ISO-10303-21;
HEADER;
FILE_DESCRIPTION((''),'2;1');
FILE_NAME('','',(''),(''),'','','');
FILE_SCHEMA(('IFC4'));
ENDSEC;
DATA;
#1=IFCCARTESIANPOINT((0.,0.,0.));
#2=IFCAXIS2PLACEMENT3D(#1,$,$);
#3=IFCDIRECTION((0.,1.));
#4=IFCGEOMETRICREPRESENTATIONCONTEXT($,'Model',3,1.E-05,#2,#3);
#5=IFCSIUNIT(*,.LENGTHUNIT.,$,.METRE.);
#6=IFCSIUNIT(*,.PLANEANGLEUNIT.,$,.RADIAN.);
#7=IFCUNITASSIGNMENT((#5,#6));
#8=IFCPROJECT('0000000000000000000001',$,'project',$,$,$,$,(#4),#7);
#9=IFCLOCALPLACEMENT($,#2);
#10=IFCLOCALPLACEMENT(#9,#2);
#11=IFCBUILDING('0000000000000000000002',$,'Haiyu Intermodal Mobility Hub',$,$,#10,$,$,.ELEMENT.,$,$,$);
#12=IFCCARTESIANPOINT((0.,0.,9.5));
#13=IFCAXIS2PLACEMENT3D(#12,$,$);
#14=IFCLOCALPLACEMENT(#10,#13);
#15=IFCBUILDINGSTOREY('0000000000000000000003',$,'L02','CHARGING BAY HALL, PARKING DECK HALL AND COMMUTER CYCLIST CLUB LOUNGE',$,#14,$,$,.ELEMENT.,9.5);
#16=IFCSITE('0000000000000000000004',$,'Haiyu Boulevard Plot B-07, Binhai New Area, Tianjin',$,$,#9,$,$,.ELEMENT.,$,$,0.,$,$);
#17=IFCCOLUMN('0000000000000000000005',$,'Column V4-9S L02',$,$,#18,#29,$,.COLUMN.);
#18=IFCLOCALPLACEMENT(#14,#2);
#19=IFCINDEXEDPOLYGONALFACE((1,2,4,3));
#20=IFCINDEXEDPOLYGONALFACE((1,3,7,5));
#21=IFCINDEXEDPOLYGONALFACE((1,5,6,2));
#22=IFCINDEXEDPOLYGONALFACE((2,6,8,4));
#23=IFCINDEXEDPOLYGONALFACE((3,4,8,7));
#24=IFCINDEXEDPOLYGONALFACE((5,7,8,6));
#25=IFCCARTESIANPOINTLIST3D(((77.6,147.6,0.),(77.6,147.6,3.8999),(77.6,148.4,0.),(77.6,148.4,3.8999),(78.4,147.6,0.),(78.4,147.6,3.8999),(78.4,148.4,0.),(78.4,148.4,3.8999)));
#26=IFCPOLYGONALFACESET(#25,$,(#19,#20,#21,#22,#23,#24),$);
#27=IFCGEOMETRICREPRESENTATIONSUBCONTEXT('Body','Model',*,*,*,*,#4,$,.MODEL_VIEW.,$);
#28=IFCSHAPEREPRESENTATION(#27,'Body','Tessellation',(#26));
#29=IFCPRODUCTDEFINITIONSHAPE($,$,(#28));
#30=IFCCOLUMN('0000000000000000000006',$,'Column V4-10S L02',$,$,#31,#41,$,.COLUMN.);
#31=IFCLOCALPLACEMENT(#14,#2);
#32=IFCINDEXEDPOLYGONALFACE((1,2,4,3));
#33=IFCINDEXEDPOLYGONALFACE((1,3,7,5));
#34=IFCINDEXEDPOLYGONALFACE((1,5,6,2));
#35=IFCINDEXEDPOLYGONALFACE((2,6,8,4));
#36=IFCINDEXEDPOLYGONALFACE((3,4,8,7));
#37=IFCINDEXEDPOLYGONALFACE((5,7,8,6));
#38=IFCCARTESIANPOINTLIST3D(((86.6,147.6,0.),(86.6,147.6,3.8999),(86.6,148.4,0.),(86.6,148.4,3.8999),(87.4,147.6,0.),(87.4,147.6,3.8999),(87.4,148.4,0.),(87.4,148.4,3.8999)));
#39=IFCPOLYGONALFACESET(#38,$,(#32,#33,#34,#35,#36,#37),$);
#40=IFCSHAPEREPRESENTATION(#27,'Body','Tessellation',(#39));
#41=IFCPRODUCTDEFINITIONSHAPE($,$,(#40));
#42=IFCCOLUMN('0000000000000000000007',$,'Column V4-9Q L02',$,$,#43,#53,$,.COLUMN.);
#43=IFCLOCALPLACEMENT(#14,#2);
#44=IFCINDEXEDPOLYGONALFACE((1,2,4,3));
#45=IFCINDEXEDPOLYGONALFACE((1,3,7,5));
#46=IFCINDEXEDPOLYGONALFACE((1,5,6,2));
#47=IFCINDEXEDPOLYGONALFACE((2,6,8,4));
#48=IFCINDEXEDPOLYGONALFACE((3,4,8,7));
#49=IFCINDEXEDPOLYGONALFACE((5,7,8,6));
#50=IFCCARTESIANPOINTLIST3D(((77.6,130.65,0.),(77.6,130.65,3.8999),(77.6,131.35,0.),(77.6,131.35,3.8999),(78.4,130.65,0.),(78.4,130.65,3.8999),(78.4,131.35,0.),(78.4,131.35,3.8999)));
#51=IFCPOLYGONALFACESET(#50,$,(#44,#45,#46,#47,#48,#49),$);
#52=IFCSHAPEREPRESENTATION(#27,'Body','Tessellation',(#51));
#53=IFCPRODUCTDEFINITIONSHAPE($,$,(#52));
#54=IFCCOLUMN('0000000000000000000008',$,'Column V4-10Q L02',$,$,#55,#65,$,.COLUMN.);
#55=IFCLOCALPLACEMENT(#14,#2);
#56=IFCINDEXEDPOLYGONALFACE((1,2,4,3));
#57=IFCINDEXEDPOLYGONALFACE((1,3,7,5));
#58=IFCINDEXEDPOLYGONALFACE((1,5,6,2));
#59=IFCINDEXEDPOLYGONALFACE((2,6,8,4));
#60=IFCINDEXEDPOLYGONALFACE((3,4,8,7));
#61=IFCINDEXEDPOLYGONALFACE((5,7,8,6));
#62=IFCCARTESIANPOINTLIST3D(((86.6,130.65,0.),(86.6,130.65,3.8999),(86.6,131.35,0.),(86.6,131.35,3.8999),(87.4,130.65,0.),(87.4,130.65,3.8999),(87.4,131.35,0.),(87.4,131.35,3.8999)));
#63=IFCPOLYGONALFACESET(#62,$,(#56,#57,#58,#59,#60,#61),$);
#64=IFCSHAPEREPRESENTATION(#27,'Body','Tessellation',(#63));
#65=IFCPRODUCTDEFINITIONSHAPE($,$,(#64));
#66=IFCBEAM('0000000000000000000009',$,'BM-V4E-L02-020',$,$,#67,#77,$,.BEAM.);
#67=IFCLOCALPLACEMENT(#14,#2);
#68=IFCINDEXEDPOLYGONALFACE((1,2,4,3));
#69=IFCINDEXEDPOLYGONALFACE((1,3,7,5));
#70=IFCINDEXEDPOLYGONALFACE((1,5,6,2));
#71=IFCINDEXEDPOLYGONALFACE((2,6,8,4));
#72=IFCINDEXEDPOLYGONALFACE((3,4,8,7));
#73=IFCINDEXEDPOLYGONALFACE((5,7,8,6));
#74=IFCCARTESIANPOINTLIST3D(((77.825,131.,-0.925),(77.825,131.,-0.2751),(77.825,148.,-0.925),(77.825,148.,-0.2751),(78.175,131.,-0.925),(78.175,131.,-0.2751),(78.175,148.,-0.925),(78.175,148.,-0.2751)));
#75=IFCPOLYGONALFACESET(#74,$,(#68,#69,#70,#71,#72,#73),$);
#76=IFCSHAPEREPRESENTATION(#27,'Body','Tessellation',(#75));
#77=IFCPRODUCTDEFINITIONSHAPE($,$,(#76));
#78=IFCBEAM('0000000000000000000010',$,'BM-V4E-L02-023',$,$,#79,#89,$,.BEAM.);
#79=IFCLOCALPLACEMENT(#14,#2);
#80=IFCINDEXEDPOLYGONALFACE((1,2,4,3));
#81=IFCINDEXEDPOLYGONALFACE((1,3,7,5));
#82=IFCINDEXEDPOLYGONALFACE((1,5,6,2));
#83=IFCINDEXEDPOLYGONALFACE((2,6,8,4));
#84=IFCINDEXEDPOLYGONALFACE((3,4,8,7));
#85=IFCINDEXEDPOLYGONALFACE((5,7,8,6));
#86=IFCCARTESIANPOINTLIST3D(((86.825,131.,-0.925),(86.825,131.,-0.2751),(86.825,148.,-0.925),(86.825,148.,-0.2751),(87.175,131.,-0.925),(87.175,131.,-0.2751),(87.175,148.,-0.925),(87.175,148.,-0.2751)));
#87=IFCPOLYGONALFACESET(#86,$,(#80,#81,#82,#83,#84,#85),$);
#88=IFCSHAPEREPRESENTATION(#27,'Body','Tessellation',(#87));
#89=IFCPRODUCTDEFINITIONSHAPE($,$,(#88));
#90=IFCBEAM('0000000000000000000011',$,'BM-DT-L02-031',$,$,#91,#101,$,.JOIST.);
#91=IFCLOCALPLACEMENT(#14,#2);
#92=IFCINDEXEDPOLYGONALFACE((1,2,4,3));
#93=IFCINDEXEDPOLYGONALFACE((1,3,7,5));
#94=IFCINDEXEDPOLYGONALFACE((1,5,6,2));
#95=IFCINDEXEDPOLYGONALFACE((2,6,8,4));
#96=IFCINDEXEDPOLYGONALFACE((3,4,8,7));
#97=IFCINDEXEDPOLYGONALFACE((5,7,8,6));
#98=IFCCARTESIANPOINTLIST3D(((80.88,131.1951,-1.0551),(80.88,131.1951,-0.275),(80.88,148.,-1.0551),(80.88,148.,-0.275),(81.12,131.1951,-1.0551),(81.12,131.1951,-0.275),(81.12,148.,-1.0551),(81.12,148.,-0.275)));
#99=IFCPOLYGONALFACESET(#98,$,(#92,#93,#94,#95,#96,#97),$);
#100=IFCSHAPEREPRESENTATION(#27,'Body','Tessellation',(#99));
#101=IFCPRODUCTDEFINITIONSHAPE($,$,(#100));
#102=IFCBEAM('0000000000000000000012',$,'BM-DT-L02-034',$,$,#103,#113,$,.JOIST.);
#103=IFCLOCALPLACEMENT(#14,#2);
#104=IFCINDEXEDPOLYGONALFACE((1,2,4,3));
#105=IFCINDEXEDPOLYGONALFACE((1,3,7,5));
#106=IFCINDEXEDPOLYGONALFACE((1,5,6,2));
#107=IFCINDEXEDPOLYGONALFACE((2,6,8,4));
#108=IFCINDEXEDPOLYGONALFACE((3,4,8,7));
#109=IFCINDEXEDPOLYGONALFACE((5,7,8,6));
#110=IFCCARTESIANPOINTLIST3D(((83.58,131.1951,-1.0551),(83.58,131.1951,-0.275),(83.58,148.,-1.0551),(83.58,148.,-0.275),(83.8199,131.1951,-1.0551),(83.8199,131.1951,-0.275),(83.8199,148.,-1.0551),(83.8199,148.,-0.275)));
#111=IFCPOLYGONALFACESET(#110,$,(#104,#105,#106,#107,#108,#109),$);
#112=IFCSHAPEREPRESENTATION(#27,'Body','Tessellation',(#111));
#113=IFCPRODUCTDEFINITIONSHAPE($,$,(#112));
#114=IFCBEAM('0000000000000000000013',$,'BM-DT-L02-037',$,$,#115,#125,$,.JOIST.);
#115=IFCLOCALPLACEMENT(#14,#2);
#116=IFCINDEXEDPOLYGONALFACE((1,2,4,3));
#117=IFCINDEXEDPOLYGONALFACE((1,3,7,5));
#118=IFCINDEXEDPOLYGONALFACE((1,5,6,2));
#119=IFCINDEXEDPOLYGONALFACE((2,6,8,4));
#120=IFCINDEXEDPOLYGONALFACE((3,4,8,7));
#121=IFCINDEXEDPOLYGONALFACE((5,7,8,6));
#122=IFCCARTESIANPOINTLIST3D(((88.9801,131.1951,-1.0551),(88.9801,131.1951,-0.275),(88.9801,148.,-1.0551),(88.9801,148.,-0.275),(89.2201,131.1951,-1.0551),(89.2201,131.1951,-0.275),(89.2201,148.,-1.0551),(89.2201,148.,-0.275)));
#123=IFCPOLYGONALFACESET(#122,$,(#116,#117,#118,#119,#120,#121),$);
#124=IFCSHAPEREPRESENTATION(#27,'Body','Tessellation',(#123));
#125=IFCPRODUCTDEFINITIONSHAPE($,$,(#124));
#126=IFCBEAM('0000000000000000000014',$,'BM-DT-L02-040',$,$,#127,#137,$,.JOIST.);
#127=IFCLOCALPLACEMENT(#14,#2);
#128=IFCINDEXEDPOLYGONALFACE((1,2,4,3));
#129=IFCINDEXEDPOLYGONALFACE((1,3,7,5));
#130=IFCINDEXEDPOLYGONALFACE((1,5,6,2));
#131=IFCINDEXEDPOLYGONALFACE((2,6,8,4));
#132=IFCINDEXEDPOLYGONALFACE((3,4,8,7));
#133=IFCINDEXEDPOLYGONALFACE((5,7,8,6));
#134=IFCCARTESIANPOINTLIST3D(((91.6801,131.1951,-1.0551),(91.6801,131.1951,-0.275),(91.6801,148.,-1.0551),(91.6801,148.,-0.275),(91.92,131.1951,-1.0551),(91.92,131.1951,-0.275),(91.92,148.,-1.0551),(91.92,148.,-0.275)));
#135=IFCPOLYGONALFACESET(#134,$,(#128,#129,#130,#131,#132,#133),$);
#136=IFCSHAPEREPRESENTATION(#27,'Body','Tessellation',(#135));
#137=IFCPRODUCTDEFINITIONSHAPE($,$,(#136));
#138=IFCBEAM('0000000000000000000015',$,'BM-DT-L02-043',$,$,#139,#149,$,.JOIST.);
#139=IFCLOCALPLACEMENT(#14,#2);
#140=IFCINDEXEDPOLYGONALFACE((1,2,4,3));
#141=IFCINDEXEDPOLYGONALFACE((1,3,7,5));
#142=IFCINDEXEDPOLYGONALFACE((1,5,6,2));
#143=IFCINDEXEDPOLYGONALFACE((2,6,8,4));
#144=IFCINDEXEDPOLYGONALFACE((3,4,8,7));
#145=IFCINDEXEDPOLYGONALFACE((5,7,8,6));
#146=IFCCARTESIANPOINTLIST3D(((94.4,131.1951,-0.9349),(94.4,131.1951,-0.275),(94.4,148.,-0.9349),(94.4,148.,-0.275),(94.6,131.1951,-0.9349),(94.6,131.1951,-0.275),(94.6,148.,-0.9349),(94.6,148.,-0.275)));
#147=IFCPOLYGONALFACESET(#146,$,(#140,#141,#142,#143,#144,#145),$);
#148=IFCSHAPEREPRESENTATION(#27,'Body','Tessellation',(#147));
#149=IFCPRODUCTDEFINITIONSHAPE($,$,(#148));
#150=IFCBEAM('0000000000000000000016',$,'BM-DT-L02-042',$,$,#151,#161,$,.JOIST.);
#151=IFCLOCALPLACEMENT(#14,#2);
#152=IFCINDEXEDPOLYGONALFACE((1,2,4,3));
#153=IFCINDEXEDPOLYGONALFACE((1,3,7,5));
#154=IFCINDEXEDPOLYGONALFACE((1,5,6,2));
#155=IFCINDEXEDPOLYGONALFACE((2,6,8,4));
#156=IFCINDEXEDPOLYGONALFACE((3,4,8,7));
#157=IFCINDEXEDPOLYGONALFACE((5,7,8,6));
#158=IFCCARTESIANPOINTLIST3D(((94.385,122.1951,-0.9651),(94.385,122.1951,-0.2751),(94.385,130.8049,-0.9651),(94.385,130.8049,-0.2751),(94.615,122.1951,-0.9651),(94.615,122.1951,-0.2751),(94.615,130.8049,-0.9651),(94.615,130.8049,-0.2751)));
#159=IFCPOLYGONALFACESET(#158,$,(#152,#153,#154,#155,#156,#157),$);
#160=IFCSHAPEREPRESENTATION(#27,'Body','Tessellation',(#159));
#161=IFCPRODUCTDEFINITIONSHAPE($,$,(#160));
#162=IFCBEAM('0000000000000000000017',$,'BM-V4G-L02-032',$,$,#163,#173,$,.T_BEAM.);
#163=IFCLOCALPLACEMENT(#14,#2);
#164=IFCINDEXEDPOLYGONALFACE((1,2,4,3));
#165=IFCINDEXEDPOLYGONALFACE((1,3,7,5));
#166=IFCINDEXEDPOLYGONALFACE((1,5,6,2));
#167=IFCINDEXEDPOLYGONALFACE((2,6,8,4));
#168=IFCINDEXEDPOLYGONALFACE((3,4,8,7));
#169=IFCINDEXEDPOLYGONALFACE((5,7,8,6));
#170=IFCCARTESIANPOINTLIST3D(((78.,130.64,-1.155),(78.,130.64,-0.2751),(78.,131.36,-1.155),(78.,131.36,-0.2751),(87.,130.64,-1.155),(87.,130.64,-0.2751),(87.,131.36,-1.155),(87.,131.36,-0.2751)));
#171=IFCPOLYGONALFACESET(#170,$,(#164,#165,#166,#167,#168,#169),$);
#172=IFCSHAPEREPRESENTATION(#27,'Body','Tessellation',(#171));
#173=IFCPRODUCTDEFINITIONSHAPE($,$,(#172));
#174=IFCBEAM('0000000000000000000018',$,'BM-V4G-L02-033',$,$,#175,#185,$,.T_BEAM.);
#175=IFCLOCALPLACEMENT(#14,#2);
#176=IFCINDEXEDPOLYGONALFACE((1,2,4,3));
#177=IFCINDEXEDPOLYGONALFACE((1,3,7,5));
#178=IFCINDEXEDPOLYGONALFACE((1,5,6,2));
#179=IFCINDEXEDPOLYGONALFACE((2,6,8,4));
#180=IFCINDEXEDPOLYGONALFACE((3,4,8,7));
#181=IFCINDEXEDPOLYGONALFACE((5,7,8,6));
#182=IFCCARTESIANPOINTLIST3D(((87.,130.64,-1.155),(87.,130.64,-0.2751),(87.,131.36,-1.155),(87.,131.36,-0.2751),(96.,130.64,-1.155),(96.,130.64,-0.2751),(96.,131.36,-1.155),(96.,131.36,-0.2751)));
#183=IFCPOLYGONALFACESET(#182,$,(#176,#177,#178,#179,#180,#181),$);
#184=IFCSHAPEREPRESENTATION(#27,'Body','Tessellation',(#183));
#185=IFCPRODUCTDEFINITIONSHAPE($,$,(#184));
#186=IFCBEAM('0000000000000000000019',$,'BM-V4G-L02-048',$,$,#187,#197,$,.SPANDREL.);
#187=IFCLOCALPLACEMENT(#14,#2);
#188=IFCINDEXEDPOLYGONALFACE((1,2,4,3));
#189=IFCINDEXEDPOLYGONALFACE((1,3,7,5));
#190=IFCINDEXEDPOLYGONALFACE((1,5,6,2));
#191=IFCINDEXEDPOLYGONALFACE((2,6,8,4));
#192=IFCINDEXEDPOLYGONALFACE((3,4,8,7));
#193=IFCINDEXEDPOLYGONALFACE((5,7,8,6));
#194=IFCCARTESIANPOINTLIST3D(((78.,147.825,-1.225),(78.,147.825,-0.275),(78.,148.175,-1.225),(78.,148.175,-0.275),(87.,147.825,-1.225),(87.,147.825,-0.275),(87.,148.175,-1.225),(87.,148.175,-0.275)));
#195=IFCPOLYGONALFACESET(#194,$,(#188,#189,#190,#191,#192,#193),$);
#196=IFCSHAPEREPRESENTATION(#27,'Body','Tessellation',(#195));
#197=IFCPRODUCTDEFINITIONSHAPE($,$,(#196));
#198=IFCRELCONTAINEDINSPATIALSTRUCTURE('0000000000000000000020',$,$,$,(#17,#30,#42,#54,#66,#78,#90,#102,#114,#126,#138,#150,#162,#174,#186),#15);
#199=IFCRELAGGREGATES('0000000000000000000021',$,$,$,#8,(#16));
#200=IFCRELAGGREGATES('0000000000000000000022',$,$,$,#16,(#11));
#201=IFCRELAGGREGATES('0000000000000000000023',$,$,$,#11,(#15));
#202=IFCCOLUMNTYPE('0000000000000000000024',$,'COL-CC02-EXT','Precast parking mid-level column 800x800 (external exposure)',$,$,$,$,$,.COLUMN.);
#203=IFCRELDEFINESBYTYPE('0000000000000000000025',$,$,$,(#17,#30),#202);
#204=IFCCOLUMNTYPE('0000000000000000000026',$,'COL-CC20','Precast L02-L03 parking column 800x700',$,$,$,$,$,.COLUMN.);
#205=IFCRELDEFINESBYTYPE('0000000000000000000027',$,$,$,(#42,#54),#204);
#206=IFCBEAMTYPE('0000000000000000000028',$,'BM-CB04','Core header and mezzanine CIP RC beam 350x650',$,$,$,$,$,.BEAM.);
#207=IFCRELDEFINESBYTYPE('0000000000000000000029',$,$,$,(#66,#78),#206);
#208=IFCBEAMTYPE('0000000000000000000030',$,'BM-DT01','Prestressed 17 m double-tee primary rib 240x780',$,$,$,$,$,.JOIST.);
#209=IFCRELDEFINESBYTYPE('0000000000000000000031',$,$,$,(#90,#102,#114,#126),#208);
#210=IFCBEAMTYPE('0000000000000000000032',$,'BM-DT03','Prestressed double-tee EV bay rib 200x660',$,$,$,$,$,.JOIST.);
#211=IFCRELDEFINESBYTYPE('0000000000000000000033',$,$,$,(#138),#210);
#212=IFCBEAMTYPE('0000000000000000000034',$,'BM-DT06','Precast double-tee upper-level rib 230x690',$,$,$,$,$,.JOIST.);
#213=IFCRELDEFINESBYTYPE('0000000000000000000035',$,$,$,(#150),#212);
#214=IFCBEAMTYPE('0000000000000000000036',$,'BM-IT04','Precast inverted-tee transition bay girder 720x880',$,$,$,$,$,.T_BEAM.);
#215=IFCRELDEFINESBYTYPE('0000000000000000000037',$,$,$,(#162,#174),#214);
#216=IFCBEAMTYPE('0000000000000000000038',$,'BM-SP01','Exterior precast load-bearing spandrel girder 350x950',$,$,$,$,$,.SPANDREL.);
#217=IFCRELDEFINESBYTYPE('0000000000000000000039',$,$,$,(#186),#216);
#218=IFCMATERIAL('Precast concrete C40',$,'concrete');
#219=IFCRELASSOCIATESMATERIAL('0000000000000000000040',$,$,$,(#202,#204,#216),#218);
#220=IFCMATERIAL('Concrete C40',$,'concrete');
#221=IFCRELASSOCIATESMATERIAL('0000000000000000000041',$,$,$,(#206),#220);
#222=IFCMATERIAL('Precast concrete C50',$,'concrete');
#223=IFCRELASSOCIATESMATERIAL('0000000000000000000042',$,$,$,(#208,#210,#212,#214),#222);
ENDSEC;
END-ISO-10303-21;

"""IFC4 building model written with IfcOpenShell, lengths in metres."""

from ifc_helpers import new_model, si_unit, direction, frame, origin, origin_2d, place, context, subcontext, project, spatial, rectangle, extrude, material, material_profile, profile_set, type_object, element, save


model = new_model("IFC4")

# Units and contexts
model_context = context("Model", 3, precision=1e-05, world=origin(), true_north=direction((0.0, 1.0)))
body_context = subcontext(model_context, "Body", "Model", "MODEL_VIEW")
ifc_project = project(units=[si_unit("LENGTHUNIT", "METRE"), si_unit("PLANEANGLEUNIT", "RADIAN")], contexts=[model_context])

# Site, building, storey
site_placement = place(None, origin())
site = spatial("IfcSite", under=ifc_project, at=site_placement, Name="Haiyu Boulevard Plot B-07, Binhai New Area, Tianjin", CompositionType="ELEMENT", RefElevation=0.0)
building_placement = place(site_placement, origin())
building = spatial("IfcBuilding", under=site, at=building_placement, Name="Haiyu Intermodal Mobility Hub", CompositionType="ELEMENT")
storey_placement = place(building_placement, frame((0.0, 0.0, 9.5)))
storey = spatial("IfcBuildingStorey", under=building, at=storey_placement, Name="L02", Description="CHARGING BAY HALL, PARKING DECK HALL AND COMMUTER CYCLIST CLUB LOUNGE", CompositionType="ELEMENT", Elevation=9.5)

# Columns
ifc_material_1 = material(Name="Precast concrete C40", Category="concrete")
ifc_material_profile_1 = material_profile(ifc_material_1, rectangle(XDim=0.8, YDim=0.8, at=origin_2d()), Name="RC800x800")
ifc_profile_set_1 = profile_set([ifc_material_profile_1], Name="Precast concrete C40")
column_type_1 = type_object("IfcColumnType", Name="COL-CC02-EXT", Description="Precast parking mid-level column 800x800 (external exposure)", PredefinedType="COLUMN", material=ifc_profile_set_1)
for number, where, z_axis, x_axis, name in (
    (1, (78.0, 148.0, 0.0), (0.0, 0.0, 1.0), (1.0, 0.0, 0.0), "Column V4-9S L02"),
    (2, (87.0, 148.0, 0.0), (0.0, 0.0, 1.0), (1.0, 0.0, 0.0), "Column V4-10S L02"),
):
    element("IfcColumn", number, at=place(storey_placement, frame(where, z_axis=z_axis, x_axis=x_axis)), inside=storey, type_object=column_type_1, Name=name, PredefinedType="COLUMN", context=body_context, shape_type="SweptSolid", body=[
        extrude(rectangle(XDim=0.8, YDim=0.8, at=origin_2d()), origin(), (0.0, 0.0, 1.0), 3.8999),
    ])
ifc_material_profile_2 = material_profile(ifc_material_1, rectangle(XDim=0.8, YDim=0.7, at=origin_2d()), Name="C800x700")
ifc_profile_set_2 = profile_set([ifc_material_profile_2], Name="Precast concrete C40")
column_type_2 = type_object("IfcColumnType", Name="COL-CC20", Description="Precast L02-L03 parking column 800x700", PredefinedType="COLUMN", material=ifc_profile_set_2)
for number, where, z_axis, x_axis, name in (
    (3, (78.0, 131.0, 0.0), (0.0, 0.0, 1.0), (1.0, 0.0, 0.0), "Column V4-9Q L02"),
    (4, (87.0, 131.0, 0.0), (0.0, 0.0, 1.0), (1.0, 0.0, 0.0), "Column V4-10Q L02"),
):
    element("IfcColumn", number, at=place(storey_placement, frame(where, z_axis=z_axis, x_axis=x_axis)), inside=storey, type_object=column_type_2, Name=name, PredefinedType="COLUMN", context=body_context, shape_type="SweptSolid", body=[
        extrude(rectangle(XDim=0.8, YDim=0.7, at=origin_2d()), origin(), (0.0, 0.0, 1.0), 3.8999),
    ])

# Beams
ifc_material_2 = material(Name="Concrete C40", Category="concrete")
ifc_material_profile_3 = material_profile(ifc_material_2, rectangle(XDim=0.3501, YDim=0.6499, at=origin_2d()), Name="RCB350x650")
ifc_profile_set_3 = profile_set([ifc_material_profile_3], Name="Concrete C40")
beam_type_1 = type_object("IfcBeamType", Name="BM-CB04", Description="Core header and mezzanine CIP RC beam 350x650", PredefinedType="BEAM", material=ifc_profile_set_3)
for number, where, z_axis, x_axis, name in (
    (5, (78.0, 131.0, -0.6001), (0.0, 1.0, 0.0), (-1.0, 0.0, 0.0), "BM-V4E-L02-020"),
    (6, (87.0, 131.0, -0.6001), (0.0, 1.0, 0.0), (-1.0, 0.0, 0.0), "BM-V4E-L02-023"),
):
    element("IfcBeam", number, at=place(storey_placement, frame(where, z_axis=z_axis, x_axis=x_axis)), inside=storey, type_object=beam_type_1, Name=name, PredefinedType="BEAM", context=body_context, shape_type="SweptSolid", body=[
        extrude(rectangle(XDim=0.3501, YDim=0.6499, at=origin_2d()), origin(), (0.0, 0.0, 1.0), 17.0),
    ])
ifc_material_3 = material(Name="Precast concrete C50", Category="concrete")
ifc_material_profile_4 = material_profile(ifc_material_3, rectangle(XDim=0.24, YDim=0.78, at=origin_2d()), Name="PC240x780")
ifc_profile_set_4 = profile_set([ifc_material_profile_4], Name="Precast concrete C50")
beam_type_2 = type_object("IfcBeamType", Name="BM-DT01", Description="Prestressed 17 m double-tee primary rib 240x780", PredefinedType="JOIST", material=ifc_profile_set_4)
for number, where, z_axis, x_axis, name in (
    (7, (81.0, 131.1951, -0.665), (0.0, 1.0, 0.0), (-1.0, 0.0, 0.0), "BM-DT-L02-031"),
    (8, (83.7, 131.1951, -0.665), (0.0, 1.0, 0.0), (-1.0, 0.0, 0.0), "BM-DT-L02-034"),
    (9, (89.1001, 131.1951, -0.665), (0.0, 1.0, 0.0), (-1.0, 0.0, 0.0), "BM-DT-L02-037"),
    (10, (91.8, 131.1951, -0.665), (0.0, 1.0, 0.0), (-1.0, 0.0, 0.0), "BM-DT-L02-040"),
):
    element("IfcBeam", number, at=place(storey_placement, frame(where, z_axis=z_axis, x_axis=x_axis)), inside=storey, type_object=beam_type_2, Name=name, PredefinedType="JOIST", context=body_context, shape_type="SweptSolid", body=[
        extrude(rectangle(XDim=0.24, YDim=0.78, at=origin_2d()), origin(), (0.0, 0.0, 1.0), 16.8049),
    ])
ifc_material_profile_5 = material_profile(ifc_material_3, rectangle(XDim=0.2, YDim=0.6599, at=origin_2d()), Name="PC200x660")
ifc_profile_set_5 = profile_set([ifc_material_profile_5], Name="Precast concrete C50")
beam_type_3 = type_object("IfcBeamType", Name="BM-DT03", Description="Prestressed double-tee EV bay rib 200x660", PredefinedType="JOIST", material=ifc_profile_set_5)
beam_1_placement = place(storey_placement, frame((94.5, 131.1951, -0.605), z_axis=(0.0, 1.0, 0.0), x_axis=(-1.0, 0.0, 0.0)))
element("IfcBeam", 11, at=beam_1_placement, inside=storey, type_object=beam_type_3, Name="BM-DT-L02-043", PredefinedType="JOIST", context=body_context, shape_type="SweptSolid", body=[
    extrude(rectangle(XDim=0.2, YDim=0.6599, at=origin_2d()), origin(), (0.0, 0.0, 1.0), 16.8049),
])
ifc_material_profile_6 = material_profile(ifc_material_3, rectangle(XDim=0.23, YDim=0.6899, at=origin_2d()), Name="B230x690")
ifc_profile_set_6 = profile_set([ifc_material_profile_6], Name="Precast concrete C50")
beam_type_4 = type_object("IfcBeamType", Name="BM-DT06", Description="Precast double-tee upper-level rib 230x690", PredefinedType="JOIST", material=ifc_profile_set_6)
beam_2_placement = place(storey_placement, frame((94.5, 122.1951, -0.6201), z_axis=(0.0, 1.0, 0.0), x_axis=(-1.0, 0.0, 0.0)))
element("IfcBeam", 12, at=beam_2_placement, inside=storey, type_object=beam_type_4, Name="BM-DT-L02-042", PredefinedType="JOIST", context=body_context, shape_type="SweptSolid", body=[
    extrude(rectangle(XDim=0.23, YDim=0.6899, at=origin_2d()), origin(), (0.0, 0.0, 1.0), 8.6099),
])
ifc_material_profile_7 = material_profile(ifc_material_3, rectangle(XDim=0.72, YDim=0.8799, at=origin_2d()), Name="B720x880")
ifc_profile_set_7 = profile_set([ifc_material_profile_7], Name="Precast concrete C50")
beam_type_5 = type_object("IfcBeamType", Name="BM-IT04", Description="Precast inverted-tee transition bay girder 720x880", PredefinedType="T_BEAM", material=ifc_profile_set_7)
for number, where, z_axis, x_axis, name in (
    (13, (78.0, 131.0, -0.7151), (1.0, 0.0, 0.0), (0.0, 1.0, 0.0), "BM-V4G-L02-032"),
    (14, (87.0, 131.0, -0.7151), (1.0, 0.0, 0.0), (0.0, 1.0, 0.0), "BM-V4G-L02-033"),
):
    element("IfcBeam", number, at=place(storey_placement, frame(where, z_axis=z_axis, x_axis=x_axis)), inside=storey, type_object=beam_type_5, Name=name, PredefinedType="T_BEAM", context=body_context, shape_type="SweptSolid", body=[
        extrude(rectangle(XDim=0.72, YDim=0.8799, at=origin_2d()), origin(), (0.0, 0.0, 1.0), 9.0),
    ])
ifc_material_profile_8 = material_profile(ifc_material_1, rectangle(XDim=0.3501, YDim=0.95, at=origin_2d()), Name="PC350x950")
ifc_profile_set_8 = profile_set([ifc_material_profile_8], Name="Precast concrete C40")
beam_type_6 = type_object("IfcBeamType", Name="BM-SP01", Description="Exterior precast load-bearing spandrel girder 350x950", PredefinedType="SPANDREL", material=ifc_profile_set_8)
for number, where, z_axis, x_axis, name in (
    (15, (78.0, 148.0, -0.75), (1.0, 0.0, 0.0), (0.0, 1.0, 0.0), "BM-V4G-L02-048"),
):
    element("IfcBeam", number, at=place(storey_placement, frame(where, z_axis=z_axis, x_axis=x_axis)), inside=storey, type_object=beam_type_6, Name=name, PredefinedType="SPANDREL", context=body_context, shape_type="SweptSolid", body=[
        extrude(rectangle(XDim=0.3501, YDim=0.95, at=origin_2d()), origin(), (0.0, 0.0, 1.0), 9.0),
    ])

save(model, "model.ifc")
